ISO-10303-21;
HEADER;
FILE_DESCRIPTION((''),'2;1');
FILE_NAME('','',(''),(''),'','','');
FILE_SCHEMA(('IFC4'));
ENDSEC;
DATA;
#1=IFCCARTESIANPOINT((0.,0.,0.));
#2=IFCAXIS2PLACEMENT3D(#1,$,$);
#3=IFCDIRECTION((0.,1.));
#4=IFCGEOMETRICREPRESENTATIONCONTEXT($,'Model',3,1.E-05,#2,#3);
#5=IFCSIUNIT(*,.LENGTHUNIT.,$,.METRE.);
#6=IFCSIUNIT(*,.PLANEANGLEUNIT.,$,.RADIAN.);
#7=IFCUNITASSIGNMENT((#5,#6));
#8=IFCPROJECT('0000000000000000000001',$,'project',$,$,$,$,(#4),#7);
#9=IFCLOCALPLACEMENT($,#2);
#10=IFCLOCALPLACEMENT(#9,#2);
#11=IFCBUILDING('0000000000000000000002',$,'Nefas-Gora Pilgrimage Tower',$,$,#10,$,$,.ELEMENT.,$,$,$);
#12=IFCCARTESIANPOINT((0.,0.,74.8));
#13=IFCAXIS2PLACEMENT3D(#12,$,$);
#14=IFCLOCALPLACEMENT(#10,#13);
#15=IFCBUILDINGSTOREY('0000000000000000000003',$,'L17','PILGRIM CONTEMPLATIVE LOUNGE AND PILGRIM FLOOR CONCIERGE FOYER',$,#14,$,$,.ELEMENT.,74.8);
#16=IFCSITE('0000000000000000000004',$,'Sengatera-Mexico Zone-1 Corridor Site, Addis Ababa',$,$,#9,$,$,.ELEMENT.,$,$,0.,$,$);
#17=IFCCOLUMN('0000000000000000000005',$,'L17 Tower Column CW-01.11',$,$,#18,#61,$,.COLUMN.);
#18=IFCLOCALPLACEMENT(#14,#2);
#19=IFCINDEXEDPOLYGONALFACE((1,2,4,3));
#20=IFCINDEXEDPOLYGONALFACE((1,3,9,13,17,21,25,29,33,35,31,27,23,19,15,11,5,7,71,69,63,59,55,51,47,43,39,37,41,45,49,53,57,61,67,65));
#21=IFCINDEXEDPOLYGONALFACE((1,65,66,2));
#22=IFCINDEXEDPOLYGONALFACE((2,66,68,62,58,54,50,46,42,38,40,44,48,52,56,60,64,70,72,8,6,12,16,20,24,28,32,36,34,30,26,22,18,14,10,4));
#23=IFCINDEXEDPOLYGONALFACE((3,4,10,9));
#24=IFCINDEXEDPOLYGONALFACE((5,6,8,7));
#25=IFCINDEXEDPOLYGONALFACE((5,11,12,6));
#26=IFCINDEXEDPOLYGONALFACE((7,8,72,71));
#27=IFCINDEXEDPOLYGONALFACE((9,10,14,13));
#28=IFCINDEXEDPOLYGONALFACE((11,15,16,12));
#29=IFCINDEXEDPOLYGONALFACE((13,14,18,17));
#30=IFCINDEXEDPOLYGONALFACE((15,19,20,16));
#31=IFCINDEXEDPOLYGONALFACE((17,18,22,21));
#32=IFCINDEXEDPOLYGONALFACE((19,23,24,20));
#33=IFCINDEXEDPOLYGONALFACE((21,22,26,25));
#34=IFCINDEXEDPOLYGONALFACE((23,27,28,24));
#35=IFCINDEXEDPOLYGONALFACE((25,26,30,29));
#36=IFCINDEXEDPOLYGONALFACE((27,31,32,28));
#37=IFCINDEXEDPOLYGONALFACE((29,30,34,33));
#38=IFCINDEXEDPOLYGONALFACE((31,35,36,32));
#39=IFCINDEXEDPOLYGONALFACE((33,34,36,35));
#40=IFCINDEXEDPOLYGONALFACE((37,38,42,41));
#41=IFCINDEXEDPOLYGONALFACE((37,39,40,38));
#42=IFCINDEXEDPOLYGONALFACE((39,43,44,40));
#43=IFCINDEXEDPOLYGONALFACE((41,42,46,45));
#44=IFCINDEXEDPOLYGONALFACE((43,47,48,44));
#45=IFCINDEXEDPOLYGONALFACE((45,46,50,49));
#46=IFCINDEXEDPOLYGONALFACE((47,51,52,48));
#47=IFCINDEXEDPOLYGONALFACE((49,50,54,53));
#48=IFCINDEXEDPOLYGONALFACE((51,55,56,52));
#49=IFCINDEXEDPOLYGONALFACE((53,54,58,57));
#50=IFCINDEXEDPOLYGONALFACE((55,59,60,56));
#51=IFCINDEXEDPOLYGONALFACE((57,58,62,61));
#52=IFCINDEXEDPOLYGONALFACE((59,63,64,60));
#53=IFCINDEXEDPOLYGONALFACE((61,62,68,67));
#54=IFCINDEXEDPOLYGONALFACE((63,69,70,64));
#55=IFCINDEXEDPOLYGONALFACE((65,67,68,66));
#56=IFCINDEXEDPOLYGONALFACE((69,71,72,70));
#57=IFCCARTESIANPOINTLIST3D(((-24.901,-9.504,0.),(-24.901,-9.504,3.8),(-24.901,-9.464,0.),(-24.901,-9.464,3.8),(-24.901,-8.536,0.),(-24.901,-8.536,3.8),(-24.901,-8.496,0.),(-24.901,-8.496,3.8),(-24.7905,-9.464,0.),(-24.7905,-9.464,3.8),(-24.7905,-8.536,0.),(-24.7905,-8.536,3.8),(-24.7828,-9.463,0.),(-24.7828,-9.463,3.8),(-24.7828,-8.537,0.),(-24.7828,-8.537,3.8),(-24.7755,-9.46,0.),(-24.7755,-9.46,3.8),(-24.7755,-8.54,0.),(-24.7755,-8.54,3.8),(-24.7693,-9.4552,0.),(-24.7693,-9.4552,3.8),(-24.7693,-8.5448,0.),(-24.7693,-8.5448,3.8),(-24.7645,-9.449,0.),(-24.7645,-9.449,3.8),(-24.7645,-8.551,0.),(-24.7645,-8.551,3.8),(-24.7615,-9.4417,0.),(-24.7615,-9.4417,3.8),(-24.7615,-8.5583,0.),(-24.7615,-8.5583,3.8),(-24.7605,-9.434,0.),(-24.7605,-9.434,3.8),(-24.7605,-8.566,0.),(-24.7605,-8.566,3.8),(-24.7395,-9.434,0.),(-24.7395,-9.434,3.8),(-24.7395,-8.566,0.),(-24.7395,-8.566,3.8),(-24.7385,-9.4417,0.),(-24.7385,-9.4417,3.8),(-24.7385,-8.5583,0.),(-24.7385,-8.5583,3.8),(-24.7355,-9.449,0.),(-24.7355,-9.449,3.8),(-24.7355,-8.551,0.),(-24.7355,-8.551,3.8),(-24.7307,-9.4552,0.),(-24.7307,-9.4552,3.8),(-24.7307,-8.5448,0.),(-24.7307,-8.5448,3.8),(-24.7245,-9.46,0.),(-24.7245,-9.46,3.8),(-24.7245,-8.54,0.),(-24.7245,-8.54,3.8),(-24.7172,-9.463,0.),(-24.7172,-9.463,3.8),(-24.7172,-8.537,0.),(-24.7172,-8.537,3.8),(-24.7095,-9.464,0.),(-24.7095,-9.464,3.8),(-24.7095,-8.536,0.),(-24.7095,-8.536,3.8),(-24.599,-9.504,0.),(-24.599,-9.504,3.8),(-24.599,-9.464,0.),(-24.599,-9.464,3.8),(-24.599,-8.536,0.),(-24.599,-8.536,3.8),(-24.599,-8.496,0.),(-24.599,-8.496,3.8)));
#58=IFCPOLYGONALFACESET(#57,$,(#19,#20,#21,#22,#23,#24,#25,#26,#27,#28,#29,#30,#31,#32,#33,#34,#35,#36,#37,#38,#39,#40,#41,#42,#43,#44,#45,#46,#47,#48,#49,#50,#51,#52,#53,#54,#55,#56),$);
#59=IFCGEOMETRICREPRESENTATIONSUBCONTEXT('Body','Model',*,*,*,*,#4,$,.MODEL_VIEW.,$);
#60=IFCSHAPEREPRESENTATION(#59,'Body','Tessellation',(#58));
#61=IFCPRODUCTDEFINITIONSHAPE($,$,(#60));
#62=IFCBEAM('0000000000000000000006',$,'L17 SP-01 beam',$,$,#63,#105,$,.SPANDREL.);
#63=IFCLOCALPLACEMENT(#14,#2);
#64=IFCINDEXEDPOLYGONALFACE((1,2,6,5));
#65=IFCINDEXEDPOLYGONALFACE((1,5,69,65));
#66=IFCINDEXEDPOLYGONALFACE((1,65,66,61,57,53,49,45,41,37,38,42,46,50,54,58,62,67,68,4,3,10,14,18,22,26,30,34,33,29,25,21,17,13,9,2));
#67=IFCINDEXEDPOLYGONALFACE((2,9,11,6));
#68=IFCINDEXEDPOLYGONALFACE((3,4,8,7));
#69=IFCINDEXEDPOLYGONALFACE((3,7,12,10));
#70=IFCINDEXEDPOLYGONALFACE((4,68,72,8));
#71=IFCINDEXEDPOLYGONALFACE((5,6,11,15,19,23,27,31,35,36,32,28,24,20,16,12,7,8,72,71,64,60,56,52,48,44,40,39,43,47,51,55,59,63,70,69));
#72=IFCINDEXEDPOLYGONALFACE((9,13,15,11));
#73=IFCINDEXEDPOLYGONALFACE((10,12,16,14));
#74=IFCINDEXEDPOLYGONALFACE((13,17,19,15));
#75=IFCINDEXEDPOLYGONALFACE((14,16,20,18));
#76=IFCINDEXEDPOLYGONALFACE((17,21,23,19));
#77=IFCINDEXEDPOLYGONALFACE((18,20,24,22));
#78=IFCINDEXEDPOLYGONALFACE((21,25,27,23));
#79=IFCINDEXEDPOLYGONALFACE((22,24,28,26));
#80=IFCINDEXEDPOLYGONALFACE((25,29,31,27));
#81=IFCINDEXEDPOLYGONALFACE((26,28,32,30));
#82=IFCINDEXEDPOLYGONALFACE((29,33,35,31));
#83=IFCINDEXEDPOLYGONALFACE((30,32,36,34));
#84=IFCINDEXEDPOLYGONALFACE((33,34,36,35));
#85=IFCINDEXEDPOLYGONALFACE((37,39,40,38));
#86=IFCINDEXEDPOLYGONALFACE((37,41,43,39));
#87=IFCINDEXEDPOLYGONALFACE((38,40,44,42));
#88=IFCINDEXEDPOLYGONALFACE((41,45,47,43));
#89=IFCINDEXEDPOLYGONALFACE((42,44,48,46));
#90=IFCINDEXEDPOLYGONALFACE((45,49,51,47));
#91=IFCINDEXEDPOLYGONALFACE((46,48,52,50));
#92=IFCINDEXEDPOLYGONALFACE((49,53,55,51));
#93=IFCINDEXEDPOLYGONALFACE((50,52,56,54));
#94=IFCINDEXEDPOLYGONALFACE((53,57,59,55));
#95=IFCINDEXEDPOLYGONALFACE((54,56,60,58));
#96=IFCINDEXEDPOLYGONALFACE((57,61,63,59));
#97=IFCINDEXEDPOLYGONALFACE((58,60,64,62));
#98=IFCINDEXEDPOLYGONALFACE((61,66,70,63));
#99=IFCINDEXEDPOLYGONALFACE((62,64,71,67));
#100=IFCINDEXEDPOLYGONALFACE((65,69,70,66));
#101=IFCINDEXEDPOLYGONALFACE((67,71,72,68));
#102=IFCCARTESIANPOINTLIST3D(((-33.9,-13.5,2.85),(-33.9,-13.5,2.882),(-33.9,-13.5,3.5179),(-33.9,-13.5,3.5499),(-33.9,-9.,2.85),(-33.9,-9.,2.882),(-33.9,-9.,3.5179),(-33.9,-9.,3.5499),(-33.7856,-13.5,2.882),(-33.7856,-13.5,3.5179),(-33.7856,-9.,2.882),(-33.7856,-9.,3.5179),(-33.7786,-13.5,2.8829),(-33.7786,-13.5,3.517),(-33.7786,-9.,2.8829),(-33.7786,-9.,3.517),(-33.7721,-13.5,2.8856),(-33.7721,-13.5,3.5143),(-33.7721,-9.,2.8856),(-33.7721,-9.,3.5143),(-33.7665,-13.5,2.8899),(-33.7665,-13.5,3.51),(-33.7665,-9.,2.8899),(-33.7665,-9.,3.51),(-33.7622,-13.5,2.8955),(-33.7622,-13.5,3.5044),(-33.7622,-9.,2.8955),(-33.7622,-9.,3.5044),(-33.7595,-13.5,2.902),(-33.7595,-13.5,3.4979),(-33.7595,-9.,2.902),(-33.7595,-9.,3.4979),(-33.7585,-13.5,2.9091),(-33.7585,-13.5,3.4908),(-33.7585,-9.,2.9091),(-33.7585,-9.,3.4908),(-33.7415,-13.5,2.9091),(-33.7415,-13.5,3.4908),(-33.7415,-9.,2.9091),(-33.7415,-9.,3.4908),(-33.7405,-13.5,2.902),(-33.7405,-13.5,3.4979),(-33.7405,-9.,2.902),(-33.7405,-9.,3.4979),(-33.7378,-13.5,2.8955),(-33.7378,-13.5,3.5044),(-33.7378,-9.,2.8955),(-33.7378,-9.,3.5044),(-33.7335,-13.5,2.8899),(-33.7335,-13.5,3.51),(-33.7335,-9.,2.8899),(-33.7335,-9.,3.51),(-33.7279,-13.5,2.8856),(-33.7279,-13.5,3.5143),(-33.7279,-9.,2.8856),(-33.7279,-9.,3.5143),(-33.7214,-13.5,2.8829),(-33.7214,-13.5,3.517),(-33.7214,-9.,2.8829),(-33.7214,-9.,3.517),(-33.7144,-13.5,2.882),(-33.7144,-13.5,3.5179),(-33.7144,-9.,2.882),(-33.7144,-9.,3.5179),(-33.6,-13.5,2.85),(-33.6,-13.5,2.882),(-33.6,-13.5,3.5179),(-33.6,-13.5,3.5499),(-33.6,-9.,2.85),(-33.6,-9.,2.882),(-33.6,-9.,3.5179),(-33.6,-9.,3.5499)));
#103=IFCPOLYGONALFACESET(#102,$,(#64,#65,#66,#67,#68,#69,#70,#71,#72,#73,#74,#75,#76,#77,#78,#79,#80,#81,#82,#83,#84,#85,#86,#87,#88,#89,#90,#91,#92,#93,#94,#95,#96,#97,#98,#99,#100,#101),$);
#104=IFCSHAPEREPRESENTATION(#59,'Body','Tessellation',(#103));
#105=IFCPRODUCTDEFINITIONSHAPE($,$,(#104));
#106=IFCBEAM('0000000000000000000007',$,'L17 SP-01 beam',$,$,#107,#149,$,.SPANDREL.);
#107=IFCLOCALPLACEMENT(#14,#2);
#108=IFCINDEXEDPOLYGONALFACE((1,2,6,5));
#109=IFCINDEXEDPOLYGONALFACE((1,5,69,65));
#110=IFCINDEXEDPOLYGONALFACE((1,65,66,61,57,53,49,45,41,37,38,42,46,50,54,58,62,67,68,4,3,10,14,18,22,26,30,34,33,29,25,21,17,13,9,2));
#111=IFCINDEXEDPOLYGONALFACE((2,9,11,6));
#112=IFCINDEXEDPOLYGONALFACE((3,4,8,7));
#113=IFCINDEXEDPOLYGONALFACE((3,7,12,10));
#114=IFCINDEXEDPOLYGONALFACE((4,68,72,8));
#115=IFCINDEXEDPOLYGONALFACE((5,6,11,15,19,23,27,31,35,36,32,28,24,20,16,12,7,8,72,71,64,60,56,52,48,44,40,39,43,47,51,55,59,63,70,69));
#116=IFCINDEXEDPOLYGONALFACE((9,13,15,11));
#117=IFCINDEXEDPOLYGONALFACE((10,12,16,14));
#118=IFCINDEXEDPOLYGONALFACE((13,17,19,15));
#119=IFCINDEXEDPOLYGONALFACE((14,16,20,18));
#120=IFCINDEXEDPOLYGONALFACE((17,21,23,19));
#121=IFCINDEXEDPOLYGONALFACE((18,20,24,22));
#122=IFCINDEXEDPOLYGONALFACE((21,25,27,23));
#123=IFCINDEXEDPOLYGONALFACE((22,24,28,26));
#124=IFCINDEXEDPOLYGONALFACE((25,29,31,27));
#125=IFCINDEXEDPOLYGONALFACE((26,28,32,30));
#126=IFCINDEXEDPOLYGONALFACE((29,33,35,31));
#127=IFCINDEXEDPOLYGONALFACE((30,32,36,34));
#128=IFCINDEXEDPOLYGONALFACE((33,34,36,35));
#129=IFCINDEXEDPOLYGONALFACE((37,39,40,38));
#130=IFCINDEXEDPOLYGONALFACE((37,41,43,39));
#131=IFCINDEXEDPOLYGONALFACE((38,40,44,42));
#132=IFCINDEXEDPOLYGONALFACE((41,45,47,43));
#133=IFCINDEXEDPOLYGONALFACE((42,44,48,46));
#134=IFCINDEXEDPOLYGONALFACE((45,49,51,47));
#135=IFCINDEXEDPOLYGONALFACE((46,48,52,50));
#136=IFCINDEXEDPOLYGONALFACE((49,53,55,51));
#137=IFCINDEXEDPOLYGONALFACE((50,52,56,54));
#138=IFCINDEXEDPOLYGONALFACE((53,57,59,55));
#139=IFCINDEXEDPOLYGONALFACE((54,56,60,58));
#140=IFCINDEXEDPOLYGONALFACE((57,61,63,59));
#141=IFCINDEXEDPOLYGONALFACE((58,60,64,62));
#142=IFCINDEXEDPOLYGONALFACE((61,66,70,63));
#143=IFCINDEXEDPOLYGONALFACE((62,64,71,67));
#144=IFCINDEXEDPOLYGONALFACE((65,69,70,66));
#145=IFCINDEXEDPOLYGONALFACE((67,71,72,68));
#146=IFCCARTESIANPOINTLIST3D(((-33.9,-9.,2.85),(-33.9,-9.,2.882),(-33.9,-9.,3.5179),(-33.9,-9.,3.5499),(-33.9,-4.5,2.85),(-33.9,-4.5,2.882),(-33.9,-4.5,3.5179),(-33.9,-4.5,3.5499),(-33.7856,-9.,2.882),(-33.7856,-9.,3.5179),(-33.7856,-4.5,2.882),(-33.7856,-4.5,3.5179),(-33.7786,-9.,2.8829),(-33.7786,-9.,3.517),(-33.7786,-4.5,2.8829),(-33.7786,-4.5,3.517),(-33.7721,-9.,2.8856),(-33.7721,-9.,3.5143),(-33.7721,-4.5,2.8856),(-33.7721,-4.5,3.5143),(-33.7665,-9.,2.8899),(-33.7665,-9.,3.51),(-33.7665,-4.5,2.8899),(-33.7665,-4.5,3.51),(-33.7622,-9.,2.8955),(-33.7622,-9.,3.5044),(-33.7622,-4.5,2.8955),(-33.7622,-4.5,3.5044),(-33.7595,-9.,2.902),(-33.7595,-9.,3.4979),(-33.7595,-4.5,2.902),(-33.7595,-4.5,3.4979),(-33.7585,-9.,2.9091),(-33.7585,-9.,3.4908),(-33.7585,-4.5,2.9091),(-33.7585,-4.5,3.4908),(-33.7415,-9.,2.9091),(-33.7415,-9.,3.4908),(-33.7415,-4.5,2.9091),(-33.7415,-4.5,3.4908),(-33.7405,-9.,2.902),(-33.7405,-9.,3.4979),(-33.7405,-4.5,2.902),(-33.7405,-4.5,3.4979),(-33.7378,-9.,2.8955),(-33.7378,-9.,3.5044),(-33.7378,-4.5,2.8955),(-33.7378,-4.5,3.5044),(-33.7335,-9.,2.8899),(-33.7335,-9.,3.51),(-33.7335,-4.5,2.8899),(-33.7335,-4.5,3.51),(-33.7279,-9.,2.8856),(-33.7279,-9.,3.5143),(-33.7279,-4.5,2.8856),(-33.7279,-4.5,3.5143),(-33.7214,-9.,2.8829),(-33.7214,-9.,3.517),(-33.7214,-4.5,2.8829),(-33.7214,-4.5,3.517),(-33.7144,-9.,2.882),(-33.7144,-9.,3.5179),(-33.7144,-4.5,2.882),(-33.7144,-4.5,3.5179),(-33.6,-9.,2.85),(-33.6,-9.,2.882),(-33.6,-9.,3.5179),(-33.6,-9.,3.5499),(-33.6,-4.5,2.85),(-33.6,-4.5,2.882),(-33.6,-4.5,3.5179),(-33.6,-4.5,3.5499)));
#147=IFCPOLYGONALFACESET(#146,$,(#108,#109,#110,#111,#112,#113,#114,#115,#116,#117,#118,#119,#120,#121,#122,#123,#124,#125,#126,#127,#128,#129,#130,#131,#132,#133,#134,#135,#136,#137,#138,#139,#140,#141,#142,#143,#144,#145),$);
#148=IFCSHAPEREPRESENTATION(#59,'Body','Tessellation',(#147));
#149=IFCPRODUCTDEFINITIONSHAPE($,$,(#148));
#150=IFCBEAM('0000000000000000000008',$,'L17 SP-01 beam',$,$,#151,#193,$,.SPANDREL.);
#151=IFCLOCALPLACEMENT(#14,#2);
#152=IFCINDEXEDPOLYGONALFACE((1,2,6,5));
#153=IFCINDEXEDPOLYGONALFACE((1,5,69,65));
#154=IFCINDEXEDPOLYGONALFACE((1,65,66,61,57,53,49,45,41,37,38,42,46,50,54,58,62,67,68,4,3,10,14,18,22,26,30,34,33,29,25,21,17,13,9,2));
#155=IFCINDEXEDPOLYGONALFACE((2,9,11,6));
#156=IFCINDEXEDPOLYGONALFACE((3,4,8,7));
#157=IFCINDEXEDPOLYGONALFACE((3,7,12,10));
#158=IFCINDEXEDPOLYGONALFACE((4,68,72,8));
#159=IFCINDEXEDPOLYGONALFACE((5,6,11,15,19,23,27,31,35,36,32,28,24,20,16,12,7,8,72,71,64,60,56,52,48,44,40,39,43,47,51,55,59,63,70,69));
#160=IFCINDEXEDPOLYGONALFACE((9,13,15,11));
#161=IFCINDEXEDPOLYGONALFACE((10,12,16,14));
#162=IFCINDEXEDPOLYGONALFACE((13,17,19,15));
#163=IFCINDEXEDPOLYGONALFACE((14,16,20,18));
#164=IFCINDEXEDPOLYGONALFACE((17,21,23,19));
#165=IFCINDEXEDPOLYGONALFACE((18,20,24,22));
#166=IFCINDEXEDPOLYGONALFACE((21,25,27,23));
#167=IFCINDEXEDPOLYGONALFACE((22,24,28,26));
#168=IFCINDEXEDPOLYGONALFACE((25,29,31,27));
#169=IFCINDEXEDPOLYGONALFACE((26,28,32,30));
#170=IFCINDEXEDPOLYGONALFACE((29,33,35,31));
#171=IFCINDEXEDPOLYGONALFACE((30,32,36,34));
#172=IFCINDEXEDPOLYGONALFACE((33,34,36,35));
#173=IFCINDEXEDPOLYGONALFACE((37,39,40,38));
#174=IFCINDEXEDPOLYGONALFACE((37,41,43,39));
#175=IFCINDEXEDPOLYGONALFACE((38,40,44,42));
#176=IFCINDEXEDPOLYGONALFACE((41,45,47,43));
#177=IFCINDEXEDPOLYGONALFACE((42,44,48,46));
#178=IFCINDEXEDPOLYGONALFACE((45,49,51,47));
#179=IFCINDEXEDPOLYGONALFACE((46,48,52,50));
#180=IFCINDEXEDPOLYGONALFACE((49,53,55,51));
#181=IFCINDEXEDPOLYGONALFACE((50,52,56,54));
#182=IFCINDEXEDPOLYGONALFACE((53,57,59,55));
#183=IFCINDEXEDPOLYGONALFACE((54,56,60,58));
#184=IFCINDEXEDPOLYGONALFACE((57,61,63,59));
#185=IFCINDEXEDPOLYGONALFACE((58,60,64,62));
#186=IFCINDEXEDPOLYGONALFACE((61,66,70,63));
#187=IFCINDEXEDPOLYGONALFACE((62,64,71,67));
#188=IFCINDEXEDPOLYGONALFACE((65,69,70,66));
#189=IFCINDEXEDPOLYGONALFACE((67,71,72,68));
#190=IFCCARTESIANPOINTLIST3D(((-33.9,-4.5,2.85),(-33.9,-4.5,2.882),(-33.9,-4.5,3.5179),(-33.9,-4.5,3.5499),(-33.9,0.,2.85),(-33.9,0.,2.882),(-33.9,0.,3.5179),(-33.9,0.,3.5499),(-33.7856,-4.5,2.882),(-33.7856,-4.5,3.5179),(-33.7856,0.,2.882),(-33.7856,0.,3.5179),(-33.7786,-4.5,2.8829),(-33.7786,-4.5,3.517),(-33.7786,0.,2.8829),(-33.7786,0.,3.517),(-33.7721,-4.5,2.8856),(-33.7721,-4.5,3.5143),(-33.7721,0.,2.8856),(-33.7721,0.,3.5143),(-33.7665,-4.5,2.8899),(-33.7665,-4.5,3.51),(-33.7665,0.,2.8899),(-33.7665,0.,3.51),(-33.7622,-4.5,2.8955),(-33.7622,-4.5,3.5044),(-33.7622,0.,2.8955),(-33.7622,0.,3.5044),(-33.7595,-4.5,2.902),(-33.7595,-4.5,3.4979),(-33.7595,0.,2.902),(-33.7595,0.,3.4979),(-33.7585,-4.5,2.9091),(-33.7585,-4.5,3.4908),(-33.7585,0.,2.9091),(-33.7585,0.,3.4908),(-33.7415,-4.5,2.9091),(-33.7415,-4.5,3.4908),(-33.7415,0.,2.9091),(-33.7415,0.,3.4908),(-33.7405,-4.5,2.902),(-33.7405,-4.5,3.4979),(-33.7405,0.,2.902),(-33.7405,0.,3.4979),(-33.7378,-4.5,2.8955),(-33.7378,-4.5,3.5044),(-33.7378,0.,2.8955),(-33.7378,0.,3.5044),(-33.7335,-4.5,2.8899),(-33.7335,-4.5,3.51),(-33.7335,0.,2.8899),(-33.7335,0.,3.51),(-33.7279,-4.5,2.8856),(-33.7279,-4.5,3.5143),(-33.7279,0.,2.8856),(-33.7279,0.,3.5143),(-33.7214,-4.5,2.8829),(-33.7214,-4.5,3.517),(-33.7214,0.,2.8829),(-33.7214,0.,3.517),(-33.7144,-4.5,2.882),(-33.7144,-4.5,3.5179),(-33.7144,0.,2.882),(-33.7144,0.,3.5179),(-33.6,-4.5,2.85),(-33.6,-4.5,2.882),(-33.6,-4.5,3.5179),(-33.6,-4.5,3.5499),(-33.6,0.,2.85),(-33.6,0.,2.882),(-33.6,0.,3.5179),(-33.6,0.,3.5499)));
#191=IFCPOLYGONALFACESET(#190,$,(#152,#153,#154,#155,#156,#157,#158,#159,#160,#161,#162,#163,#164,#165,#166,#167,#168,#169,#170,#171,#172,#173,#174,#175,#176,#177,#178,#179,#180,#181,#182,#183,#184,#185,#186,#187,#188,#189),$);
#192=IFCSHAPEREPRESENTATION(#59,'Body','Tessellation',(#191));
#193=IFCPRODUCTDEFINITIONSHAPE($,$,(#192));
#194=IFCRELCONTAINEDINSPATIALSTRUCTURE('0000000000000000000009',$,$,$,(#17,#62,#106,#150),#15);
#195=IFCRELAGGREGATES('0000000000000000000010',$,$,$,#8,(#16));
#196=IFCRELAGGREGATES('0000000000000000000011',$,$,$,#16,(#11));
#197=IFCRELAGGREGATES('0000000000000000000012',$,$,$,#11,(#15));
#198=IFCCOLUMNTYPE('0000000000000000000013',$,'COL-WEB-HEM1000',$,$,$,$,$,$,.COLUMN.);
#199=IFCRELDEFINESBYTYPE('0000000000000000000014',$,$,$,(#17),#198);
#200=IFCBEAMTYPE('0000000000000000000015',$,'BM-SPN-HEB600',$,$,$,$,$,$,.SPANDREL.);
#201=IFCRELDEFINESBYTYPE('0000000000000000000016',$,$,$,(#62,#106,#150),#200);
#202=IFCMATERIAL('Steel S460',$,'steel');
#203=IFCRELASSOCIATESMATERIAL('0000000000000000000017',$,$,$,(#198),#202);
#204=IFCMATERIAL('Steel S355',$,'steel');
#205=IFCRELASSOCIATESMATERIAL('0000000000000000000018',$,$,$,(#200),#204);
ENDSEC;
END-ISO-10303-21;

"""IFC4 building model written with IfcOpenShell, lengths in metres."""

from ifc_helpers import new_model, si_unit, direction, frame, origin, origin_2d, place, context, subcontext, project, spatial, i_section, extrude, source, transform, mapped, material, material_profile, profile_set, type_object, element, save


model = new_model("IFC4")

# Units and contexts
model_context = context("Model", 3, precision=1e-05, world=origin(), true_north=direction((0.0, 1.0)))
body_context = subcontext(model_context, "Body", "Model", "MODEL_VIEW")
ifc_project = project(units=[si_unit("LENGTHUNIT", "METRE"), si_unit("PLANEANGLEUNIT", "RADIAN")], contexts=[model_context])

# Site, building, storey
site_placement = place(None, origin())
site = spatial("IfcSite", under=ifc_project, at=site_placement, Name="Sengatera-Mexico Zone-1 Corridor Site, Addis Ababa", CompositionType="ELEMENT", RefElevation=0.0)
building_placement = place(site_placement, origin())
building = spatial("IfcBuilding", under=site, at=building_placement, Name="Nefas-Gora Pilgrimage Tower", CompositionType="ELEMENT")
storey_placement = place(building_placement, frame((0.0, 0.0, 74.8)))
storey = spatial("IfcBuildingStorey", under=building, at=storey_placement, Name="L17", Description="PILGRIM CONTEMPLATIVE LOUNGE AND PILGRIM FLOOR CONCIERGE FOYER", CompositionType="ELEMENT", Elevation=74.8)

# Column
ifc_material_1 = material(Name="Steel S460", Category="steel")
ifc_material_profile_1 = material_profile(ifc_material_1, i_section(OverallWidth=0.302, OverallDepth=1.0081, WebThickness=0.021, FlangeThickness=0.04, FilletRadius=0.03, at=origin_2d()), Name="HEM 1000")
ifc_profile_set_1 = profile_set([ifc_material_profile_1], Name="Steel S460")
column_type_1 = type_object("IfcColumnType", Name="COL-WEB-HEM1000", PredefinedType="COLUMN", material=ifc_profile_set_1)
shared_shape_1 = source(origin(), body_context, "Body", "SweptSolid", [
    extrude(i_section(OverallWidth=0.302, OverallDepth=1.0081, WebThickness=0.021, FlangeThickness=0.04, FilletRadius=0.03, at=origin_2d()), origin(), (0.0, 0.0, 1.0), 3.8),
])
for number, where, z_axis, x_axis, name in (
    (1, (-24.75, -9.0, 0.0), (0.0, 0.0, 1.0), (1.0, 0.0, 0.0), "L17 Tower Column CW-01.11"),
):
    element("IfcColumn", number, at=place(storey_placement, frame(where, z_axis=z_axis, x_axis=x_axis)), inside=storey, type_object=column_type_1, Name=name, PredefinedType="COLUMN", context=body_context, shape_type="MappedRepresentation", body=[
        mapped(shared_shape_1, transform((0.0, 0.0, 0.0), x_axis=(1.0, 0.0, 0.0), y_axis=(0.0, 1.0, 0.0), z_axis=(0.0, 0.0, 1.0), scale=1.0)),
    ])

# Beams
ifc_material_2 = material(Name="Steel S355", Category="steel")
ifc_material_profile_2 = material_profile(ifc_material_2, i_section(OverallWidth=0.3, OverallDepth=0.7, WebThickness=0.0171, FlangeThickness=0.032, FilletRadius=0.0271, at=origin_2d()), Name="HEB 700")
ifc_profile_set_2 = profile_set([ifc_material_profile_2], Name="Steel S355")
beam_type_1 = type_object("IfcBeamType", Name="BM-SPN-HEB600", PredefinedType="SPANDREL", material=ifc_profile_set_2)
shared_shape_2 = source(origin(), body_context, "Body", "SweptSolid", [
    extrude(i_section(OverallWidth=0.3, OverallDepth=0.7, WebThickness=0.0171, FlangeThickness=0.032, FilletRadius=0.0271, at=origin_2d()), origin(), (0.0, 0.0, 1.0), 4.5),
])
for number, where, z_axis, x_axis, name in (
    (2, (-33.75, -13.5, 3.2), (0.0, 1.0, 0.0), (-1.0, 0.0, 0.0), "L17 SP-01 beam"),
    (3, (-33.75, -9.0, 3.2), (0.0, 1.0, 0.0), (-1.0, 0.0, 0.0), "L17 SP-01 beam"),
    (4, (-33.75, -4.5, 3.2), (0.0, 1.0, 0.0), (-1.0, 0.0, 0.0), "L17 SP-01 beam"),
):
    element("IfcBeam", number, at=place(storey_placement, frame(where, z_axis=z_axis, x_axis=x_axis)), inside=storey, type_object=beam_type_1, Name=name, PredefinedType="SPANDREL", context=body_context, shape_type="MappedRepresentation", body=[
        mapped(shared_shape_2, transform((0.0, 0.0, 0.0), x_axis=(1.0, 0.0, 0.0), y_axis=(0.0, 1.0, 0.0), z_axis=(0.0, 0.0, 1.0), scale=1.0)),
    ])

save(model, "model.ifc")
